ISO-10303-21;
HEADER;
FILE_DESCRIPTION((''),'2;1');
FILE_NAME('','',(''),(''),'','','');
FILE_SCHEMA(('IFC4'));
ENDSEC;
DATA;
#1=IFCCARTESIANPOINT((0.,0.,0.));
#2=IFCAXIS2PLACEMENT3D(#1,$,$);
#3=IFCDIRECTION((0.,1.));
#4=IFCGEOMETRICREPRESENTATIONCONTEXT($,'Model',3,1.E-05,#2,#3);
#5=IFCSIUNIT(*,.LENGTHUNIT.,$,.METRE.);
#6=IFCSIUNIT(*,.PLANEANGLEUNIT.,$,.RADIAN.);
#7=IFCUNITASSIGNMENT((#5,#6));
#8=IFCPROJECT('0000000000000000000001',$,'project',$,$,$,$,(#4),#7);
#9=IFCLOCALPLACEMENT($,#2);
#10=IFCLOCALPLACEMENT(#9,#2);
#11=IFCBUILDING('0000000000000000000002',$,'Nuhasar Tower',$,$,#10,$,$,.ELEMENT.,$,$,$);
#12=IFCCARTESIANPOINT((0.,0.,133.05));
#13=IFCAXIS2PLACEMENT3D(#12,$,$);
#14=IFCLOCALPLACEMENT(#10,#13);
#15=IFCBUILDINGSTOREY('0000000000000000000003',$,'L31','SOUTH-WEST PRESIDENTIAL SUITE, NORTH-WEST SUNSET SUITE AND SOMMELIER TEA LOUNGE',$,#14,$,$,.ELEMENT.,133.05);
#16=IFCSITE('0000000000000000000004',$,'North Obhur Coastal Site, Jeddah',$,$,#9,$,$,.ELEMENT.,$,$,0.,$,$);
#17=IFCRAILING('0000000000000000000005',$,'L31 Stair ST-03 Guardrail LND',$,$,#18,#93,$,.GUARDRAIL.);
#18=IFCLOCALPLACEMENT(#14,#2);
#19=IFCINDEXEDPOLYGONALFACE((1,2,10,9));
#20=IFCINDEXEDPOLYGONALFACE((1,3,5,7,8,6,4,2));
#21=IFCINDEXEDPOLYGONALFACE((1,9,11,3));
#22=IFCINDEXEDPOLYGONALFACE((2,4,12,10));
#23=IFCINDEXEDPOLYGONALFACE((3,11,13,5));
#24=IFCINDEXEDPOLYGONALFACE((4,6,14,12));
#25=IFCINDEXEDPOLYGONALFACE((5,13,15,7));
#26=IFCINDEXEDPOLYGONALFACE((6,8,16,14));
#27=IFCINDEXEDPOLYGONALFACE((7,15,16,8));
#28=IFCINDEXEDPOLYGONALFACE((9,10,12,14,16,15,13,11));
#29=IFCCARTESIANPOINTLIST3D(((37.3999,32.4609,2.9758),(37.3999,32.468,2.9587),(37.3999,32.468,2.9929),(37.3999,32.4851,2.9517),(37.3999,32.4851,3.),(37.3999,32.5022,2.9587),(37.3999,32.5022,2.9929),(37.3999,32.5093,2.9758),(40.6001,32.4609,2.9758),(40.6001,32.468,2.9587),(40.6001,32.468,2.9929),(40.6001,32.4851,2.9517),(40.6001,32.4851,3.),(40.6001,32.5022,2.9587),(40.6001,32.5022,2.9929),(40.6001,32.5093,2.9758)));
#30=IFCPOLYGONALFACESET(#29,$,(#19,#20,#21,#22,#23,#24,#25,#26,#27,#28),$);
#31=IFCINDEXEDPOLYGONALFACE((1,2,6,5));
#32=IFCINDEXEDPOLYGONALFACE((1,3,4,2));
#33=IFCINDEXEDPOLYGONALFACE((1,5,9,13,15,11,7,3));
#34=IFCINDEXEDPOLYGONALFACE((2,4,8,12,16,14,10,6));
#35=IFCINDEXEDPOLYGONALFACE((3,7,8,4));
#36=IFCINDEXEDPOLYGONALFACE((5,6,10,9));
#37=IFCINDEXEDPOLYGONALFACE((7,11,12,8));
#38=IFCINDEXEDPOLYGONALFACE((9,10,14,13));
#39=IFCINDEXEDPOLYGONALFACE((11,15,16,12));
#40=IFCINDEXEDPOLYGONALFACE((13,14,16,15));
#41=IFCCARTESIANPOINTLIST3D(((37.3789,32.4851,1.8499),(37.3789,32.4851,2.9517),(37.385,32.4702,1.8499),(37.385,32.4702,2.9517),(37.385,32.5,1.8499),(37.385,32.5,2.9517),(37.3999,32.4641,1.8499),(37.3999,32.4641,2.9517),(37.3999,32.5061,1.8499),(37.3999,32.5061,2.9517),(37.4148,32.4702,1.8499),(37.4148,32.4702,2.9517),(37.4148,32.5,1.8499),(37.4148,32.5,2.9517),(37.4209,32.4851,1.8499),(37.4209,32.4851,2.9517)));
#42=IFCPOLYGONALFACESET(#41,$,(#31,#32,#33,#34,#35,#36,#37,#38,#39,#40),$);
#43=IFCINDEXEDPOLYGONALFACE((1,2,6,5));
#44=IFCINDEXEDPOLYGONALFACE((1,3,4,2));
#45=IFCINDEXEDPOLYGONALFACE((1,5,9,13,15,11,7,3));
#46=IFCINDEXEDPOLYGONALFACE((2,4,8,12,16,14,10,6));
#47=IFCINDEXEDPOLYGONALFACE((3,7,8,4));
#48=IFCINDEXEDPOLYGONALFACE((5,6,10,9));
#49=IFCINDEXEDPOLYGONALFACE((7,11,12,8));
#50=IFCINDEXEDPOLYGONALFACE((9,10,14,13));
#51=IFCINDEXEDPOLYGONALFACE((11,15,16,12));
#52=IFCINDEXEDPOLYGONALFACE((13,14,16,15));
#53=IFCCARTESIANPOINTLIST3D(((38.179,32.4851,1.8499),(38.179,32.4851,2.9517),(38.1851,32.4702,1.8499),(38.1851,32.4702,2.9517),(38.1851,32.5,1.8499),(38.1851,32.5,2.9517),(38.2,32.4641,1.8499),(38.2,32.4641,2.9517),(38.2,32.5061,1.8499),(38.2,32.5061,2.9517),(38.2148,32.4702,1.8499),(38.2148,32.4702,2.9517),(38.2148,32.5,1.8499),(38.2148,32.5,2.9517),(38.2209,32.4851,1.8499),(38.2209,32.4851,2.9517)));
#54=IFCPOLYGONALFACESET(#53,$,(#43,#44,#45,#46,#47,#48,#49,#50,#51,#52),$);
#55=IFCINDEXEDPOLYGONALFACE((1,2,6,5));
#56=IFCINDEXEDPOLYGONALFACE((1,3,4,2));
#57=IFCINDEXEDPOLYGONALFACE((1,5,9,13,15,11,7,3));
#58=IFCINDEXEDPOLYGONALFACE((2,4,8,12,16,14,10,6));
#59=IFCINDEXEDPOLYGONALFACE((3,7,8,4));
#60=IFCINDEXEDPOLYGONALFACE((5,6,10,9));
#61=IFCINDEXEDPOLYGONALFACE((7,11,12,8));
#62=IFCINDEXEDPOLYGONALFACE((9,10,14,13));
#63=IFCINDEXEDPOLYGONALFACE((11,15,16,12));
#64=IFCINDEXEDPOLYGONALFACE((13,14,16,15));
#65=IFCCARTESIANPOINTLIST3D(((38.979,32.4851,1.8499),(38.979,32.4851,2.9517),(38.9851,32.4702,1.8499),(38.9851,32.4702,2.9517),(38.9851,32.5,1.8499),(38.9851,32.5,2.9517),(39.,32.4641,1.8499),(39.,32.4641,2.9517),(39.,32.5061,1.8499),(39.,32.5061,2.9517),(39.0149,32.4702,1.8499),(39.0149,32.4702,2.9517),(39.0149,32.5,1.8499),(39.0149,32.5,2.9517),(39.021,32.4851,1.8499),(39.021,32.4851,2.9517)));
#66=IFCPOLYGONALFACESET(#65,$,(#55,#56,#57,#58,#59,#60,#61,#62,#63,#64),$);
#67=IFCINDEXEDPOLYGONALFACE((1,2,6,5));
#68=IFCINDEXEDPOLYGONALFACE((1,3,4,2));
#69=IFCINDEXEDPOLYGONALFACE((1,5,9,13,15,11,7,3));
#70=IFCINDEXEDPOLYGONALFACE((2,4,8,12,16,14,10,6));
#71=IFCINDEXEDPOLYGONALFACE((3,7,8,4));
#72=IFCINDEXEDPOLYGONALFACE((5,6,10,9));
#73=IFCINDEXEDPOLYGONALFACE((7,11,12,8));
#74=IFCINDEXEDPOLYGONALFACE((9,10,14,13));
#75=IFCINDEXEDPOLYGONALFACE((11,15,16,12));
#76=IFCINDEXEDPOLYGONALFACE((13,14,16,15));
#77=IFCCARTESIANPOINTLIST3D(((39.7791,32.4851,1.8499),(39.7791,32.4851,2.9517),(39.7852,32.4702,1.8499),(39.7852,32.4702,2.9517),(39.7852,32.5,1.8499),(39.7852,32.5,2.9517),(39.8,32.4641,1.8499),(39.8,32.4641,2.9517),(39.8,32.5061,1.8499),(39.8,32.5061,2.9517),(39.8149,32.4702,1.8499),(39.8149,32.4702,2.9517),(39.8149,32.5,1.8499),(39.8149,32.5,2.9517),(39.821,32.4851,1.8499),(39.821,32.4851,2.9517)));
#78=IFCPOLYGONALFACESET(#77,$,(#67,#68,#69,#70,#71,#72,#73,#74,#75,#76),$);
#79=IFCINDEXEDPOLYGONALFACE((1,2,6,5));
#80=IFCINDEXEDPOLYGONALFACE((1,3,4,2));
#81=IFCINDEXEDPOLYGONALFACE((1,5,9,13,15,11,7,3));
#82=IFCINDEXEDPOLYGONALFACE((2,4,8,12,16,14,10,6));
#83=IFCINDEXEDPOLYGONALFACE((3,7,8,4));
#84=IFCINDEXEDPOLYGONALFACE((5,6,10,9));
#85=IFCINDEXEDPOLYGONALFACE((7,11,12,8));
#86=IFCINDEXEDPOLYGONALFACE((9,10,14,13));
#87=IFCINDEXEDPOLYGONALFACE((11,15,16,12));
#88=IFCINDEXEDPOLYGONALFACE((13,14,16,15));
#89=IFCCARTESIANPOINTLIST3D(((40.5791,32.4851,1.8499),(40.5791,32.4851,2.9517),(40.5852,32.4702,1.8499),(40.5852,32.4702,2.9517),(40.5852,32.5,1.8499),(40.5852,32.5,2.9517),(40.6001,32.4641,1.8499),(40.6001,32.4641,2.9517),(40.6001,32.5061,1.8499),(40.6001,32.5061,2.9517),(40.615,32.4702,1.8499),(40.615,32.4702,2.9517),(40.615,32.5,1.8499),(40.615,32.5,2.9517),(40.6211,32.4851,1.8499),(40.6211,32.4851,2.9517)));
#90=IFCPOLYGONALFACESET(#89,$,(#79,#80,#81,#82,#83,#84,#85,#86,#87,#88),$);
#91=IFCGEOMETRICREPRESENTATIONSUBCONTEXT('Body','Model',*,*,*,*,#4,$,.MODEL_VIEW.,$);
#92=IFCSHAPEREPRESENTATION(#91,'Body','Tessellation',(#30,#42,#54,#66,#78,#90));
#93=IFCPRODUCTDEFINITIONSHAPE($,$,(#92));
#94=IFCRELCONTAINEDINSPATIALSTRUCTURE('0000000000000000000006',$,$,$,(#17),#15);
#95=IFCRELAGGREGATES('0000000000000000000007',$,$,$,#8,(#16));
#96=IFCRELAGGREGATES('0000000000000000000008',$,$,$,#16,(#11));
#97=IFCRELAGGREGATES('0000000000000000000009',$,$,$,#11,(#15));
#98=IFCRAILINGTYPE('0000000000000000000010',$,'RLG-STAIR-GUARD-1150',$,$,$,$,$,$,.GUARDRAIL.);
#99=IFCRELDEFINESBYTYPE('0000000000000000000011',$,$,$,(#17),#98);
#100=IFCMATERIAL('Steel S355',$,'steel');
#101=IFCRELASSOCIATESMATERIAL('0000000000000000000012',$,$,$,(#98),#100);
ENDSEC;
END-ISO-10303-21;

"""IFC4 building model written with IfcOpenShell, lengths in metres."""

from ifc_helpers import new_model, si_unit, direction, frame, origin, place, context, subcontext, project, spatial, polyline, outline, extrude, material, type_object, element, save


model = new_model("IFC4")

# Units and contexts
model_context = context("Model", 3, precision=1e-05, world=origin(), true_north=direction((0.0, 1.0)))
body_context = subcontext(model_context, "Body", "Model", "MODEL_VIEW")
ifc_project = project(units=[si_unit("LENGTHUNIT", "METRE"), si_unit("PLANEANGLEUNIT", "RADIAN")], contexts=[model_context])

# Site, building, storey
site_placement = place(None, origin())
site = spatial("IfcSite", under=ifc_project, at=site_placement, Name="North Obhur Coastal Site, Jeddah", CompositionType="ELEMENT", RefElevation=0.0)
building_placement = place(site_placement, origin())
building = spatial("IfcBuilding", under=site, at=building_placement, Name="Nuhasar Tower", CompositionType="ELEMENT")
storey_placement = place(building_placement, frame((0.0, 0.0, 133.05)))
storey = spatial("IfcBuildingStorey", under=building, at=storey_placement, Name="L31", Description="SOUTH-WEST PRESIDENTIAL SUITE, NORTH-WEST SUNSET SUITE AND SOMMELIER TEA LOUNGE", CompositionType="ELEMENT", Elevation=133.05)

# Shared definitions
ifc_material_1 = material(Name="Steel S355", Category="steel")

# Railing
railing_type_1 = type_object("IfcRailingType", Name="RLG-STAIR-GUARD-1150", PredefinedType="GUARDRAIL", material=ifc_material_1)
railing_1_placement = place(storey_placement, frame((37.3999, 32.4851, 1.8499)))
element("IfcRailing", 1, at=railing_1_placement, inside=storey, type_object=railing_type_1, Name="L31 Stair ST-03 Guardrail LND", PredefinedType="GUARDRAIL", context=body_context, shape_type="SweptSolid", body=[
    extrude(outline(polyline([(0.0242, 0.0), (0.0171, 0.0171), (0.0, 0.0242), (-0.0171, 0.0171), (-0.0242, 0.0), (-0.0171, -0.0171), (0.0, -0.0242), (0.0171, -0.0171), (0.0242, 0.0)])), frame((0.0, 0.0, 1.126), z_axis=(1.0, 0.0, 0.0), x_axis=(0.0, 1.0, 0.0)), (0.0, 0.0, 1.0), 3.2002),
    extrude(outline(polyline([(0.021, 0.0), (0.0149, 0.0149), (0.0, 0.021), (-0.0149, 0.0149), (-0.021, 0.0), (-0.0149, -0.0149), (0.0, -0.021), (0.0149, -0.0149), (0.021, 0.0)])), origin(), (0.0, 0.0, 1.0), 1.1018),
    extrude(outline(polyline([(0.021, 0.0), (0.0149, 0.0149), (0.0, 0.021), (-0.0149, 0.0149), (-0.021, 0.0), (-0.0149, -0.0149), (0.0, -0.021), (0.0149, -0.0149), (0.021, 0.0)])), frame((0.8, 0.0, 0.0)), (0.0, 0.0, 1.0), 1.1018),
    extrude(outline(polyline([(0.021, 0.0), (0.0149, 0.0149), (0.0, 0.021), (-0.0149, 0.0149), (-0.021, 0.0), (-0.0149, -0.0149), (0.0, -0.021), (0.0149, -0.0149), (0.021, 0.0)])), frame((1.6001, 0.0, 0.0)), (0.0, 0.0, 1.0), 1.1018),
    extrude(outline(polyline([(0.021, 0.0), (0.0149, 0.0149), (0.0, 0.021), (-0.0149, 0.0149), (-0.021, 0.0), (-0.0149, -0.0149), (0.0, -0.021), (0.0149, -0.0149), (0.021, 0.0)])), frame((2.4001, 0.0, 0.0)), (0.0, 0.0, 1.0), 1.1018),
    extrude(outline(polyline([(0.021, 0.0), (0.0149, 0.0149), (0.0, 0.021), (-0.0149, 0.0149), (-0.021, 0.0), (-0.0149, -0.0149), (0.0, -0.021), (0.0149, -0.0149), (0.021, 0.0)])), frame((3.2002, 0.0, 0.0)), (0.0, 0.0, 1.0), 1.1018),
])

save(model, "model.ifc")
